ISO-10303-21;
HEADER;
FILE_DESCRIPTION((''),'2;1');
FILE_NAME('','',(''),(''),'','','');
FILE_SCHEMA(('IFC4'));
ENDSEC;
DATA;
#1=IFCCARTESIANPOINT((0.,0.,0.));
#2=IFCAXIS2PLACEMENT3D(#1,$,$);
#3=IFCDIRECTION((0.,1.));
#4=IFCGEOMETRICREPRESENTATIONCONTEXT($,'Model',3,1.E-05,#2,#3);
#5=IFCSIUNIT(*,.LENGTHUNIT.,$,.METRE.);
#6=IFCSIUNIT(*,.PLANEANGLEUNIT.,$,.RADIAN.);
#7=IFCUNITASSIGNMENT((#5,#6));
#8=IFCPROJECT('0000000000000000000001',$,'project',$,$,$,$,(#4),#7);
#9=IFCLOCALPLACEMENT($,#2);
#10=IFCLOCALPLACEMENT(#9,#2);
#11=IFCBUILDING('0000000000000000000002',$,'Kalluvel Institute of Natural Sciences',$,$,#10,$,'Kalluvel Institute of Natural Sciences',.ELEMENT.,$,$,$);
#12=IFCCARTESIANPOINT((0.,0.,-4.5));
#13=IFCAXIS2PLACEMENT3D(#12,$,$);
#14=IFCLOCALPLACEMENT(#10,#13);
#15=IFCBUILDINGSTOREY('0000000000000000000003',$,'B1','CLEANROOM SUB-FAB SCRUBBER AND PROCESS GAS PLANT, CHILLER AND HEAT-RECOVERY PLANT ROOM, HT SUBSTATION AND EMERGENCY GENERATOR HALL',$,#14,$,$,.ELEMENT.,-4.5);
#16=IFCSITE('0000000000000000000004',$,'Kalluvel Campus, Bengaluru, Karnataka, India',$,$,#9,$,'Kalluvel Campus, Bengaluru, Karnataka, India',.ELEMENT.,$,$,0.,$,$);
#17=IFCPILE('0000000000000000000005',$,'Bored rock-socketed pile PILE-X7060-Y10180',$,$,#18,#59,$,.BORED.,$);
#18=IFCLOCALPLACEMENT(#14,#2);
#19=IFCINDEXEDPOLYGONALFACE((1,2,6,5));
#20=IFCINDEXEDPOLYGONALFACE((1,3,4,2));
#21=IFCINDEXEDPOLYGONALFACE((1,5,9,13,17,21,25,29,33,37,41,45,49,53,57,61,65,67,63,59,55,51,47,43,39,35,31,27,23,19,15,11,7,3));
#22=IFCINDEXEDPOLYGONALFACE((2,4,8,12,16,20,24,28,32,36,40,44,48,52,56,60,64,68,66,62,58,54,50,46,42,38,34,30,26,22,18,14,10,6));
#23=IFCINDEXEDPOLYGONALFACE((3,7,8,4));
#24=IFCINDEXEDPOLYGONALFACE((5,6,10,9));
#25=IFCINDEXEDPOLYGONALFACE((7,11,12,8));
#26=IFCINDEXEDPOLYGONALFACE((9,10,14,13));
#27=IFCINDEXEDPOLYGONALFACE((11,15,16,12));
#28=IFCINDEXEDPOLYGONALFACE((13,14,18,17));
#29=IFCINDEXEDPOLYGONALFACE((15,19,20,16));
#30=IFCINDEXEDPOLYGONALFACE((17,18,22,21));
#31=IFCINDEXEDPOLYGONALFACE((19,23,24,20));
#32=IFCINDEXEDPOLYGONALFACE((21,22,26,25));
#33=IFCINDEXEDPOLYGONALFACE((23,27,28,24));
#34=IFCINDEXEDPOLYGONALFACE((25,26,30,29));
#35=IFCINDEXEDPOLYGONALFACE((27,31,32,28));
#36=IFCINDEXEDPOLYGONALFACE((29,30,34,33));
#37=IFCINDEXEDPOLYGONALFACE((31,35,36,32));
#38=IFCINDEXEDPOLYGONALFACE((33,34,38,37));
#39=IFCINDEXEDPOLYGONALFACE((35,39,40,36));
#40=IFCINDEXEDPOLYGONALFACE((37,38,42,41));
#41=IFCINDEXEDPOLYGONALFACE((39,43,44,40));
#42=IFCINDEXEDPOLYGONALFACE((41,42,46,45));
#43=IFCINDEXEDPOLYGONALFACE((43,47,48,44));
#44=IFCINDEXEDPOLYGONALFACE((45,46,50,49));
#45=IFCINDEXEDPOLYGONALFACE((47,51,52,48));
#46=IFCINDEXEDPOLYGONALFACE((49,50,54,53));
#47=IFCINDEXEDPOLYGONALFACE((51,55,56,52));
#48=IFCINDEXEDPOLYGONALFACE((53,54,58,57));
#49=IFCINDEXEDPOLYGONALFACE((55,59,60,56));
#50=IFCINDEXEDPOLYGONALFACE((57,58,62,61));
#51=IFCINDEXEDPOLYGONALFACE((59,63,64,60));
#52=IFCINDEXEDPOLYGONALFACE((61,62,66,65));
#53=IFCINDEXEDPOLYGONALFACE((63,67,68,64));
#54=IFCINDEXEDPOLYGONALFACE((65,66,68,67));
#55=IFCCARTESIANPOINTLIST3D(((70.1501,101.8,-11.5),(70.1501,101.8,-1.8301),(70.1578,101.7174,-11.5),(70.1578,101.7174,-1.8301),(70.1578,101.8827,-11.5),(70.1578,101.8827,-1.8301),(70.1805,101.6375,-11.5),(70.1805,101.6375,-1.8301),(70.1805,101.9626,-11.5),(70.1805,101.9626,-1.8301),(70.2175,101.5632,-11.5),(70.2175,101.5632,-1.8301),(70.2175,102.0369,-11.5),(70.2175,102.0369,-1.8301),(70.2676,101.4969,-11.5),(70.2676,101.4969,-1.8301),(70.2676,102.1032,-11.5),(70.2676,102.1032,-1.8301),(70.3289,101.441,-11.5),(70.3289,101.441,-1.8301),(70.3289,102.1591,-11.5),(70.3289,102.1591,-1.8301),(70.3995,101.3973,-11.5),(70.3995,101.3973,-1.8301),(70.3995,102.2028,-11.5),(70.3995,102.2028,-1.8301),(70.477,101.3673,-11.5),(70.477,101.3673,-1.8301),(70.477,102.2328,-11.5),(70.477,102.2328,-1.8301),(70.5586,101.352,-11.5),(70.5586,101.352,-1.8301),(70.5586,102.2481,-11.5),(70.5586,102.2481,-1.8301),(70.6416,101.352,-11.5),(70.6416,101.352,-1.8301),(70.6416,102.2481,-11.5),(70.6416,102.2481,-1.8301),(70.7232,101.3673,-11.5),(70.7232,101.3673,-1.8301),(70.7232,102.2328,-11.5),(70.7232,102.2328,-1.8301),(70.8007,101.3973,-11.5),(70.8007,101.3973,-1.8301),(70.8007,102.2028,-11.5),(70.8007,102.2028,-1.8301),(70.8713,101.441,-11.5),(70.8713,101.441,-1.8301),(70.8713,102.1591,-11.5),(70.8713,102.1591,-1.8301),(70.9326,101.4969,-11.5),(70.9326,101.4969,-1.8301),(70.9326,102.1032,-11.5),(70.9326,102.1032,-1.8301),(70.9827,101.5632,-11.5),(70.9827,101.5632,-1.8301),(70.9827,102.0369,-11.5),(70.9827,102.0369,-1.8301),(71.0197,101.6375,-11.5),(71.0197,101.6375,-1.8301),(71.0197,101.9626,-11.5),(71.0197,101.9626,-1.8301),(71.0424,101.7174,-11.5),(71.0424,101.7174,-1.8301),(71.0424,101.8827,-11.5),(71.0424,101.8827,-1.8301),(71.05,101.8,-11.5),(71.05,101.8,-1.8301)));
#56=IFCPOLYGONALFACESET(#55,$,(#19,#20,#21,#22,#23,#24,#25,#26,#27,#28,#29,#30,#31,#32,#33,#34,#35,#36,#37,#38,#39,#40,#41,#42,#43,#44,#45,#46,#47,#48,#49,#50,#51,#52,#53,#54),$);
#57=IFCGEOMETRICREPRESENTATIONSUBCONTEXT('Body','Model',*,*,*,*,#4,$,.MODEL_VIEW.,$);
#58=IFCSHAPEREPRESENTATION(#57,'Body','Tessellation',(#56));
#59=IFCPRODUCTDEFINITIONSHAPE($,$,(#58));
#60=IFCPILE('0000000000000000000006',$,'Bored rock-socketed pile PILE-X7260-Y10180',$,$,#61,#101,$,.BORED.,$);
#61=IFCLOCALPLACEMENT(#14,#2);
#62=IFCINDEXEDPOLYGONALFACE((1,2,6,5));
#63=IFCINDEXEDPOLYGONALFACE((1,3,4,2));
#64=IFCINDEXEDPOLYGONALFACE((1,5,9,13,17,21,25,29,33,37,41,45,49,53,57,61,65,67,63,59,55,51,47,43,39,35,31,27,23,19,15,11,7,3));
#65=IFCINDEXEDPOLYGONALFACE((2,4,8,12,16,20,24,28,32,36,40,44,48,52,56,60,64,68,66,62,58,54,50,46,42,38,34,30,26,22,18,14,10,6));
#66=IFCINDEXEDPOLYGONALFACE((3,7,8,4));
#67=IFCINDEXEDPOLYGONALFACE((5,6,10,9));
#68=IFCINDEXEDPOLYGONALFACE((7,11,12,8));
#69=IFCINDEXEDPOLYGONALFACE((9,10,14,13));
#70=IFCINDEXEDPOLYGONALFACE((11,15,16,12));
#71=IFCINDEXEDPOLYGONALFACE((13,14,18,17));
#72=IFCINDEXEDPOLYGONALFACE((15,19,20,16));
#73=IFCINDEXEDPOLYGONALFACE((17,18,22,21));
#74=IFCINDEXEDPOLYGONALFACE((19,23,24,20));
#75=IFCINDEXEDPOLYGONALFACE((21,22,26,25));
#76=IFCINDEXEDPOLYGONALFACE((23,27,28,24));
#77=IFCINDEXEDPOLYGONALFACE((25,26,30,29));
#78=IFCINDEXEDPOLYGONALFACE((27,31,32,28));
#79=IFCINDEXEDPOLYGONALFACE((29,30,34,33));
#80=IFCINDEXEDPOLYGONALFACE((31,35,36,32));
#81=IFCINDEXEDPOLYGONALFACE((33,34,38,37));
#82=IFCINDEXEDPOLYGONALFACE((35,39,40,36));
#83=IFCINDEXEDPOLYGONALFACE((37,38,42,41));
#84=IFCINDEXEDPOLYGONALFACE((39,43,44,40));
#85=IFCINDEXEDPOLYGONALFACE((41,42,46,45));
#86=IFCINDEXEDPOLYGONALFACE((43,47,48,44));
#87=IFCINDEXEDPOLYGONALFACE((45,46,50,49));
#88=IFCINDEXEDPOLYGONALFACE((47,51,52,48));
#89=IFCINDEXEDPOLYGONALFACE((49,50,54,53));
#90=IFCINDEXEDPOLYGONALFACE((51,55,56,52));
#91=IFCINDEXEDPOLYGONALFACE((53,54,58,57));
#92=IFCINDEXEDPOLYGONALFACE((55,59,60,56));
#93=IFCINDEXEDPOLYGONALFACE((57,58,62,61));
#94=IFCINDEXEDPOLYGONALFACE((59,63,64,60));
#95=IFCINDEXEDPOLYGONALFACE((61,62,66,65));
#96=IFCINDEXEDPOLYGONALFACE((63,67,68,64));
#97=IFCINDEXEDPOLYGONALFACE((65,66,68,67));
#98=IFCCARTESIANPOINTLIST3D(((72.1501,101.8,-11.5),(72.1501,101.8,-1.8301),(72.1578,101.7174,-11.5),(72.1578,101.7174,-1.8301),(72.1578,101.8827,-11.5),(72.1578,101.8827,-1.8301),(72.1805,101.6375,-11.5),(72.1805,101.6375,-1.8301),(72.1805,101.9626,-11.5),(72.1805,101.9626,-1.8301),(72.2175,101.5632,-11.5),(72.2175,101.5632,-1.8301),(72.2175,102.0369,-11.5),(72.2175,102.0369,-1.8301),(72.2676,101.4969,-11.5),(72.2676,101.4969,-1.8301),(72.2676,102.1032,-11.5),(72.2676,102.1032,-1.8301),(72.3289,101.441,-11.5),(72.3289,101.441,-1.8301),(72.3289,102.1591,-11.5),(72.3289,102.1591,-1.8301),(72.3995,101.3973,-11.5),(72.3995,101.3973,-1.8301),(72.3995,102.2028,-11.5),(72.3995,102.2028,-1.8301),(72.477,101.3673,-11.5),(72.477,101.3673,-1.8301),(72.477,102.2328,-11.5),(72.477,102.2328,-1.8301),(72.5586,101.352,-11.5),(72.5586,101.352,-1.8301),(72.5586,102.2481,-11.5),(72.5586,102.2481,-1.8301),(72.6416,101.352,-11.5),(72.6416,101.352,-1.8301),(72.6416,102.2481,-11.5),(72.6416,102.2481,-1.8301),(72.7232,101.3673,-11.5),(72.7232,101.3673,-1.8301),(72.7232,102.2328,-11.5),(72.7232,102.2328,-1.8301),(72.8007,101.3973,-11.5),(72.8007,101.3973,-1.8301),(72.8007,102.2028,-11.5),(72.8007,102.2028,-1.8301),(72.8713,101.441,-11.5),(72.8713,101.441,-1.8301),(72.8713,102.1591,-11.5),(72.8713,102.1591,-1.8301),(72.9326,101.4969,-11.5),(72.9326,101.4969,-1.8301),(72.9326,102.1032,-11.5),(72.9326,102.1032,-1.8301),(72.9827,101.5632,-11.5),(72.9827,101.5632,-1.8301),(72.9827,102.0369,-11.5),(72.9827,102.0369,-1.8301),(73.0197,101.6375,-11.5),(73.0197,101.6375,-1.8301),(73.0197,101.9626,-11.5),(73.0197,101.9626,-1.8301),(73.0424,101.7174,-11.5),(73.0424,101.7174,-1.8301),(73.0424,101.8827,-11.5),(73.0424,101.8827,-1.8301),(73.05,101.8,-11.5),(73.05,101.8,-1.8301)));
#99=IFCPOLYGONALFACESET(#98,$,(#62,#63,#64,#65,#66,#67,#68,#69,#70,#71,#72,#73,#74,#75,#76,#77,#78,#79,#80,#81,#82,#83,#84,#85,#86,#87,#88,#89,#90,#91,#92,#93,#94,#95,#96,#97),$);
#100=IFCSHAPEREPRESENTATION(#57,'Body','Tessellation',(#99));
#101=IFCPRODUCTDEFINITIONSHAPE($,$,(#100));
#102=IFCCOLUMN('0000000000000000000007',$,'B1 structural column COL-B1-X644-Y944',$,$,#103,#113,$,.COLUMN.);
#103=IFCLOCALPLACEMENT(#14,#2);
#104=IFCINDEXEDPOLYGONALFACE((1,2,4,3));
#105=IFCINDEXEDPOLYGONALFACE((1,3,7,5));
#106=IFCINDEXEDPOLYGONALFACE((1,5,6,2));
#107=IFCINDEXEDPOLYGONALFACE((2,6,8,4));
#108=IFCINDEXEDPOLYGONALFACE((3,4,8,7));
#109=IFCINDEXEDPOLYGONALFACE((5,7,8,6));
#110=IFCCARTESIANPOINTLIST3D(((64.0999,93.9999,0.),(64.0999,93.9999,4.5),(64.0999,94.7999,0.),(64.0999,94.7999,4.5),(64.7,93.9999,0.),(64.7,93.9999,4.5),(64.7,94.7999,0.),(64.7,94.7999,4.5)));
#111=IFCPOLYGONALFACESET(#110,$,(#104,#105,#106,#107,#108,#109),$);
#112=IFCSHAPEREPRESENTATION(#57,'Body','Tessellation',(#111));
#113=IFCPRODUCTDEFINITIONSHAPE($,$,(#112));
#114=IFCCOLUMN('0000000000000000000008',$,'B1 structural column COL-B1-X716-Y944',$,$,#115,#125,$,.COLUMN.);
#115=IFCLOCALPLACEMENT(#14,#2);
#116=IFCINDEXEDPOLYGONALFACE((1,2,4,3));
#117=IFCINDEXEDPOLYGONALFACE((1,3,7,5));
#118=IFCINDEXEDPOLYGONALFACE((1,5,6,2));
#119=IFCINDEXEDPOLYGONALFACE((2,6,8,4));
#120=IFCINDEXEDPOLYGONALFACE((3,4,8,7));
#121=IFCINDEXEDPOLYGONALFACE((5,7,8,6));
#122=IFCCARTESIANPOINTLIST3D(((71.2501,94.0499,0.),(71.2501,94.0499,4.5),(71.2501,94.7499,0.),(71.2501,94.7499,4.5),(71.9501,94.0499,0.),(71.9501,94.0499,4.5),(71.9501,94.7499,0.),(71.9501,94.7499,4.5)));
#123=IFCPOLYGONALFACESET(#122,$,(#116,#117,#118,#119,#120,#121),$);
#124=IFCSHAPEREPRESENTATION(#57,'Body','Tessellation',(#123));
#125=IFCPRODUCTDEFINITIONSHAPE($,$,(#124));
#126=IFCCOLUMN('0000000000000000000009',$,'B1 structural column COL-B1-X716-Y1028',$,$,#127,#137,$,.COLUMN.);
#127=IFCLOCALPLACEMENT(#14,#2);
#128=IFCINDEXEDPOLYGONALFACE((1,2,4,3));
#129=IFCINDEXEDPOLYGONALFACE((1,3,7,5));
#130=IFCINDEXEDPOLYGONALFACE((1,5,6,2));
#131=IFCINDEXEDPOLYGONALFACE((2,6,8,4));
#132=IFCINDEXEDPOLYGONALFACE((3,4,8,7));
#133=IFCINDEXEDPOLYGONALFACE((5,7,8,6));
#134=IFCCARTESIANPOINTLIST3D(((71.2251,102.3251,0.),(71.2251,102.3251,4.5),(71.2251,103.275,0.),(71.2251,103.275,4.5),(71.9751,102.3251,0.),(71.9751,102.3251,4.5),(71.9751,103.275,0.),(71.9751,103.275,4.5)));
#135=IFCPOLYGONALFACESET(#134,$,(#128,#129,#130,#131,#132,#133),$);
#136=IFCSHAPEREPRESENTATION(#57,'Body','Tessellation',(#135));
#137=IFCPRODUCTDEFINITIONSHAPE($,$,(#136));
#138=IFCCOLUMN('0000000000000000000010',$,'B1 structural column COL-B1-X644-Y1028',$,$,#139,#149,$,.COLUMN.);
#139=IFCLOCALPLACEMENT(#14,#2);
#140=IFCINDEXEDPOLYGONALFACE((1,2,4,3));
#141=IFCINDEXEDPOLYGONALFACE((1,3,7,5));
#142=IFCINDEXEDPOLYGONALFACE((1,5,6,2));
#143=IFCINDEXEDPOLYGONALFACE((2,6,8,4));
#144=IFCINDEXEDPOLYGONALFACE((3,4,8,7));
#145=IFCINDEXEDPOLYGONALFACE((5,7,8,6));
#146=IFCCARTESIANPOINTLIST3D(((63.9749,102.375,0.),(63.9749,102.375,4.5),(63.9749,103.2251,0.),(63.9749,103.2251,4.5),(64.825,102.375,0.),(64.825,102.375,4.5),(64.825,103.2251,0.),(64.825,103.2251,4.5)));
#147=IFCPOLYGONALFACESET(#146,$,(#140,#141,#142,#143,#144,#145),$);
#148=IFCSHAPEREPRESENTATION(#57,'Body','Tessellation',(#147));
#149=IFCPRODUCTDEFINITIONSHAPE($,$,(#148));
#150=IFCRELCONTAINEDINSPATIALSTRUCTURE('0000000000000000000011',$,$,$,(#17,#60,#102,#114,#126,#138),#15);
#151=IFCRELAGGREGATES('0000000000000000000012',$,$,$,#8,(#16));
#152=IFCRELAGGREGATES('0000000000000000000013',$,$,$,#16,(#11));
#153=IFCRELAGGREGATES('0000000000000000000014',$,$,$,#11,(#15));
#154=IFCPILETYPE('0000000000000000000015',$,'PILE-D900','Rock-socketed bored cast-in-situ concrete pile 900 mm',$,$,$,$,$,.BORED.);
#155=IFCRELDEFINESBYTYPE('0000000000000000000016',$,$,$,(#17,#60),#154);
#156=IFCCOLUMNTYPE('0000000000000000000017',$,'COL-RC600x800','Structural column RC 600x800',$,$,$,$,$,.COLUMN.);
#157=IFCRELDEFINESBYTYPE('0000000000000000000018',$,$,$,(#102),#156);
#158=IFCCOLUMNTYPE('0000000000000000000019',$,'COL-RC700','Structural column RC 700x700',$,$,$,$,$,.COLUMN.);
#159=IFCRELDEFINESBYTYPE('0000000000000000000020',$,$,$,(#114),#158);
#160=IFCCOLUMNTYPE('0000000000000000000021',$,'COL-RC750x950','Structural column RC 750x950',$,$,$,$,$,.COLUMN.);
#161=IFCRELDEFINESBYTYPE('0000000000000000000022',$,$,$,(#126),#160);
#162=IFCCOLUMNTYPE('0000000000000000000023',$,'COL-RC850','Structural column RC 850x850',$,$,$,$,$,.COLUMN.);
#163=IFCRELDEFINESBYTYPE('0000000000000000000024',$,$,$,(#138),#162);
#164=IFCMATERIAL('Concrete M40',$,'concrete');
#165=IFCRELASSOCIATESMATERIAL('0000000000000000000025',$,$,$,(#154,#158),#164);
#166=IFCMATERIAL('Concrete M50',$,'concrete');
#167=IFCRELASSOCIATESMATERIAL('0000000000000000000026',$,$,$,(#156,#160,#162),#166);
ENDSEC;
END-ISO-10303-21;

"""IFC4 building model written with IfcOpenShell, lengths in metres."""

from ifc_helpers import new_model, si_unit, direction, frame, origin, origin_2d, place, context, subcontext, project, spatial, rectangle, circle, extrude, material, material_profile, profile_set, type_object, element, save


model = new_model("IFC4")

# Units and contexts
model_context = context("Model", 3, precision=1e-05, world=origin(), true_north=direction((0.0, 1.0)))
body_context = subcontext(model_context, "Body", "Model", "MODEL_VIEW")
ifc_project = project(units=[si_unit("LENGTHUNIT", "METRE"), si_unit("PLANEANGLEUNIT", "RADIAN")], contexts=[model_context])

# Site, building, storey
site_placement = place(None, origin())
site = spatial("IfcSite", under=ifc_project, at=site_placement, Name="Kalluvel Campus, Bengaluru, Karnataka, India", LongName="Kalluvel Campus, Bengaluru, Karnataka, India", CompositionType="ELEMENT", RefElevation=0.0)
building_placement = place(site_placement, origin())
building = spatial("IfcBuilding", under=site, at=building_placement, Name="Kalluvel Institute of Natural Sciences", LongName="Kalluvel Institute of Natural Sciences", CompositionType="ELEMENT")
storey_placement = place(building_placement, frame((0.0, 0.0, -4.5)))
storey = spatial("IfcBuildingStorey", under=building, at=storey_placement, Name="B1", Description="CLEANROOM SUB-FAB SCRUBBER AND PROCESS GAS PLANT, CHILLER AND HEAT-RECOVERY PLANT ROOM, HT SUBSTATION AND EMERGENCY GENERATOR HALL", CompositionType="ELEMENT", Elevation=-4.5)

# Shared definitions
ifc_material_1 = material(Name="Concrete M40", Category="concrete")

# Piles
ifc_material_profile_1 = material_profile(ifc_material_1, circle(Radius=0.45, at=origin_2d()), Name="PILE D900")
ifc_profile_set_1 = profile_set([ifc_material_profile_1], Name="Concrete M40")
pile_type_1 = type_object("IfcPileType", Name="PILE-D900", Description="Rock-socketed bored cast-in-situ concrete pile 900 mm", PredefinedType="BORED", material=ifc_profile_set_1)
for number, where, z_axis, x_axis, name in (
    (1, (70.6001, 101.8, -1.8301), (0.0, 0.0, -1.0), (1.0, 0.0, 0.0), "Bored rock-socketed pile PILE-X7060-Y10180"),
    (2, (72.6001, 101.8, -1.8301), (0.0, 0.0, -1.0), (1.0, 0.0, 0.0), "Bored rock-socketed pile PILE-X7260-Y10180"),
):
    element("IfcPile", number, at=place(storey_placement, frame(where, z_axis=z_axis, x_axis=x_axis)), inside=storey, type_object=pile_type_1, Name=name, PredefinedType="BORED", context=body_context, shape_type="SweptSolid", body=[
        extrude(circle(Radius=0.45, at=origin_2d()), origin(), (0.0, 0.0, 1.0), 9.6699),
    ])

# Columns
ifc_material_2 = material(Name="Concrete M50", Category="concrete")
ifc_material_profile_2 = material_profile(ifc_material_2, rectangle(XDim=0.6001, YDim=0.8, at=origin_2d()), Name="RC 600x800")
ifc_profile_set_2 = profile_set([ifc_material_profile_2], Name="Concrete M50")
column_type_1 = type_object("IfcColumnType", Name="COL-RC600x800", Description="Structural column RC 600x800", PredefinedType="COLUMN", material=ifc_profile_set_2)
column_1_placement = place(storey_placement, frame((64.3999, 94.3999, 0.0), z_axis=(0.0, 0.0, 1.0), x_axis=(1.0, 0.0, 0.0)))
element("IfcColumn", 3, at=column_1_placement, inside=storey, type_object=column_type_1, Name="B1 structural column COL-B1-X644-Y944", PredefinedType="COLUMN", context=body_context, shape_type="SweptSolid", body=[
    extrude(rectangle(XDim=0.6001, YDim=0.8, at=origin_2d()), origin(), (0.0, 0.0, 1.0), 4.5),
])
ifc_material_profile_3 = material_profile(ifc_material_1, rectangle(XDim=0.7, YDim=0.7, at=origin_2d()), Name="RC 700x700")
ifc_profile_set_3 = profile_set([ifc_material_profile_3], Name="Concrete M40")
column_type_2 = type_object("IfcColumnType", Name="COL-RC700", Description="Structural column RC 700x700", PredefinedType="COLUMN", material=ifc_profile_set_3)
column_2_placement = place(storey_placement, frame((71.6001, 94.3999, 0.0), z_axis=(0.0, 0.0, 1.0), x_axis=(1.0, 0.0, 0.0)))
element("IfcColumn", 4, at=column_2_placement, inside=storey, type_object=column_type_2, Name="B1 structural column COL-B1-X716-Y944", PredefinedType="COLUMN", context=body_context, shape_type="SweptSolid", body=[
    extrude(rectangle(XDim=0.7, YDim=0.7, at=origin_2d()), origin(), (0.0, 0.0, 1.0), 4.5),
])
ifc_material_profile_4 = material_profile(ifc_material_2, rectangle(XDim=0.75, YDim=0.95, at=origin_2d()), Name="RC 750x950")
ifc_profile_set_4 = profile_set([ifc_material_profile_4], Name="Concrete M50")
column_type_3 = type_object("IfcColumnType", Name="COL-RC750x950", Description="Structural column RC 750x950", PredefinedType="COLUMN", material=ifc_profile_set_4)
column_3_placement = place(storey_placement, frame((71.6001, 102.8, 0.0), z_axis=(0.0, 0.0, 1.0), x_axis=(1.0, 0.0, 0.0)))
element("IfcColumn", 5, at=column_3_placement, inside=storey, type_object=column_type_3, Name="B1 structural column COL-B1-X716-Y1028", PredefinedType="COLUMN", context=body_context, shape_type="SweptSolid", body=[
    extrude(rectangle(XDim=0.75, YDim=0.95, at=origin_2d()), origin(), (0.0, 0.0, 1.0), 4.5),
])
ifc_material_profile_5 = material_profile(ifc_material_2, rectangle(XDim=0.8501, YDim=0.8501, at=origin_2d()), Name="RC 850x850")
ifc_profile_set_5 = profile_set([ifc_material_profile_5], Name="Concrete M50")
column_type_4 = type_object("IfcColumnType", Name="COL-RC850", Description="Structural column RC 850x850", PredefinedType="COLUMN", material=ifc_profile_set_5)
column_4_placement = place(storey_placement, frame((64.3999, 102.8, 0.0), z_axis=(0.0, 0.0, 1.0), x_axis=(1.0, 0.0, 0.0)))
element("IfcColumn", 6, at=column_4_placement, inside=storey, type_object=column_type_4, Name="B1 structural column COL-B1-X644-Y1028", PredefinedType="COLUMN", context=body_context, shape_type="SweptSolid", body=[
    extrude(rectangle(XDim=0.8501, YDim=0.8501, at=origin_2d()), origin(), (0.0, 0.0, 1.0), 4.5),
])

save(model, "model.ifc")
